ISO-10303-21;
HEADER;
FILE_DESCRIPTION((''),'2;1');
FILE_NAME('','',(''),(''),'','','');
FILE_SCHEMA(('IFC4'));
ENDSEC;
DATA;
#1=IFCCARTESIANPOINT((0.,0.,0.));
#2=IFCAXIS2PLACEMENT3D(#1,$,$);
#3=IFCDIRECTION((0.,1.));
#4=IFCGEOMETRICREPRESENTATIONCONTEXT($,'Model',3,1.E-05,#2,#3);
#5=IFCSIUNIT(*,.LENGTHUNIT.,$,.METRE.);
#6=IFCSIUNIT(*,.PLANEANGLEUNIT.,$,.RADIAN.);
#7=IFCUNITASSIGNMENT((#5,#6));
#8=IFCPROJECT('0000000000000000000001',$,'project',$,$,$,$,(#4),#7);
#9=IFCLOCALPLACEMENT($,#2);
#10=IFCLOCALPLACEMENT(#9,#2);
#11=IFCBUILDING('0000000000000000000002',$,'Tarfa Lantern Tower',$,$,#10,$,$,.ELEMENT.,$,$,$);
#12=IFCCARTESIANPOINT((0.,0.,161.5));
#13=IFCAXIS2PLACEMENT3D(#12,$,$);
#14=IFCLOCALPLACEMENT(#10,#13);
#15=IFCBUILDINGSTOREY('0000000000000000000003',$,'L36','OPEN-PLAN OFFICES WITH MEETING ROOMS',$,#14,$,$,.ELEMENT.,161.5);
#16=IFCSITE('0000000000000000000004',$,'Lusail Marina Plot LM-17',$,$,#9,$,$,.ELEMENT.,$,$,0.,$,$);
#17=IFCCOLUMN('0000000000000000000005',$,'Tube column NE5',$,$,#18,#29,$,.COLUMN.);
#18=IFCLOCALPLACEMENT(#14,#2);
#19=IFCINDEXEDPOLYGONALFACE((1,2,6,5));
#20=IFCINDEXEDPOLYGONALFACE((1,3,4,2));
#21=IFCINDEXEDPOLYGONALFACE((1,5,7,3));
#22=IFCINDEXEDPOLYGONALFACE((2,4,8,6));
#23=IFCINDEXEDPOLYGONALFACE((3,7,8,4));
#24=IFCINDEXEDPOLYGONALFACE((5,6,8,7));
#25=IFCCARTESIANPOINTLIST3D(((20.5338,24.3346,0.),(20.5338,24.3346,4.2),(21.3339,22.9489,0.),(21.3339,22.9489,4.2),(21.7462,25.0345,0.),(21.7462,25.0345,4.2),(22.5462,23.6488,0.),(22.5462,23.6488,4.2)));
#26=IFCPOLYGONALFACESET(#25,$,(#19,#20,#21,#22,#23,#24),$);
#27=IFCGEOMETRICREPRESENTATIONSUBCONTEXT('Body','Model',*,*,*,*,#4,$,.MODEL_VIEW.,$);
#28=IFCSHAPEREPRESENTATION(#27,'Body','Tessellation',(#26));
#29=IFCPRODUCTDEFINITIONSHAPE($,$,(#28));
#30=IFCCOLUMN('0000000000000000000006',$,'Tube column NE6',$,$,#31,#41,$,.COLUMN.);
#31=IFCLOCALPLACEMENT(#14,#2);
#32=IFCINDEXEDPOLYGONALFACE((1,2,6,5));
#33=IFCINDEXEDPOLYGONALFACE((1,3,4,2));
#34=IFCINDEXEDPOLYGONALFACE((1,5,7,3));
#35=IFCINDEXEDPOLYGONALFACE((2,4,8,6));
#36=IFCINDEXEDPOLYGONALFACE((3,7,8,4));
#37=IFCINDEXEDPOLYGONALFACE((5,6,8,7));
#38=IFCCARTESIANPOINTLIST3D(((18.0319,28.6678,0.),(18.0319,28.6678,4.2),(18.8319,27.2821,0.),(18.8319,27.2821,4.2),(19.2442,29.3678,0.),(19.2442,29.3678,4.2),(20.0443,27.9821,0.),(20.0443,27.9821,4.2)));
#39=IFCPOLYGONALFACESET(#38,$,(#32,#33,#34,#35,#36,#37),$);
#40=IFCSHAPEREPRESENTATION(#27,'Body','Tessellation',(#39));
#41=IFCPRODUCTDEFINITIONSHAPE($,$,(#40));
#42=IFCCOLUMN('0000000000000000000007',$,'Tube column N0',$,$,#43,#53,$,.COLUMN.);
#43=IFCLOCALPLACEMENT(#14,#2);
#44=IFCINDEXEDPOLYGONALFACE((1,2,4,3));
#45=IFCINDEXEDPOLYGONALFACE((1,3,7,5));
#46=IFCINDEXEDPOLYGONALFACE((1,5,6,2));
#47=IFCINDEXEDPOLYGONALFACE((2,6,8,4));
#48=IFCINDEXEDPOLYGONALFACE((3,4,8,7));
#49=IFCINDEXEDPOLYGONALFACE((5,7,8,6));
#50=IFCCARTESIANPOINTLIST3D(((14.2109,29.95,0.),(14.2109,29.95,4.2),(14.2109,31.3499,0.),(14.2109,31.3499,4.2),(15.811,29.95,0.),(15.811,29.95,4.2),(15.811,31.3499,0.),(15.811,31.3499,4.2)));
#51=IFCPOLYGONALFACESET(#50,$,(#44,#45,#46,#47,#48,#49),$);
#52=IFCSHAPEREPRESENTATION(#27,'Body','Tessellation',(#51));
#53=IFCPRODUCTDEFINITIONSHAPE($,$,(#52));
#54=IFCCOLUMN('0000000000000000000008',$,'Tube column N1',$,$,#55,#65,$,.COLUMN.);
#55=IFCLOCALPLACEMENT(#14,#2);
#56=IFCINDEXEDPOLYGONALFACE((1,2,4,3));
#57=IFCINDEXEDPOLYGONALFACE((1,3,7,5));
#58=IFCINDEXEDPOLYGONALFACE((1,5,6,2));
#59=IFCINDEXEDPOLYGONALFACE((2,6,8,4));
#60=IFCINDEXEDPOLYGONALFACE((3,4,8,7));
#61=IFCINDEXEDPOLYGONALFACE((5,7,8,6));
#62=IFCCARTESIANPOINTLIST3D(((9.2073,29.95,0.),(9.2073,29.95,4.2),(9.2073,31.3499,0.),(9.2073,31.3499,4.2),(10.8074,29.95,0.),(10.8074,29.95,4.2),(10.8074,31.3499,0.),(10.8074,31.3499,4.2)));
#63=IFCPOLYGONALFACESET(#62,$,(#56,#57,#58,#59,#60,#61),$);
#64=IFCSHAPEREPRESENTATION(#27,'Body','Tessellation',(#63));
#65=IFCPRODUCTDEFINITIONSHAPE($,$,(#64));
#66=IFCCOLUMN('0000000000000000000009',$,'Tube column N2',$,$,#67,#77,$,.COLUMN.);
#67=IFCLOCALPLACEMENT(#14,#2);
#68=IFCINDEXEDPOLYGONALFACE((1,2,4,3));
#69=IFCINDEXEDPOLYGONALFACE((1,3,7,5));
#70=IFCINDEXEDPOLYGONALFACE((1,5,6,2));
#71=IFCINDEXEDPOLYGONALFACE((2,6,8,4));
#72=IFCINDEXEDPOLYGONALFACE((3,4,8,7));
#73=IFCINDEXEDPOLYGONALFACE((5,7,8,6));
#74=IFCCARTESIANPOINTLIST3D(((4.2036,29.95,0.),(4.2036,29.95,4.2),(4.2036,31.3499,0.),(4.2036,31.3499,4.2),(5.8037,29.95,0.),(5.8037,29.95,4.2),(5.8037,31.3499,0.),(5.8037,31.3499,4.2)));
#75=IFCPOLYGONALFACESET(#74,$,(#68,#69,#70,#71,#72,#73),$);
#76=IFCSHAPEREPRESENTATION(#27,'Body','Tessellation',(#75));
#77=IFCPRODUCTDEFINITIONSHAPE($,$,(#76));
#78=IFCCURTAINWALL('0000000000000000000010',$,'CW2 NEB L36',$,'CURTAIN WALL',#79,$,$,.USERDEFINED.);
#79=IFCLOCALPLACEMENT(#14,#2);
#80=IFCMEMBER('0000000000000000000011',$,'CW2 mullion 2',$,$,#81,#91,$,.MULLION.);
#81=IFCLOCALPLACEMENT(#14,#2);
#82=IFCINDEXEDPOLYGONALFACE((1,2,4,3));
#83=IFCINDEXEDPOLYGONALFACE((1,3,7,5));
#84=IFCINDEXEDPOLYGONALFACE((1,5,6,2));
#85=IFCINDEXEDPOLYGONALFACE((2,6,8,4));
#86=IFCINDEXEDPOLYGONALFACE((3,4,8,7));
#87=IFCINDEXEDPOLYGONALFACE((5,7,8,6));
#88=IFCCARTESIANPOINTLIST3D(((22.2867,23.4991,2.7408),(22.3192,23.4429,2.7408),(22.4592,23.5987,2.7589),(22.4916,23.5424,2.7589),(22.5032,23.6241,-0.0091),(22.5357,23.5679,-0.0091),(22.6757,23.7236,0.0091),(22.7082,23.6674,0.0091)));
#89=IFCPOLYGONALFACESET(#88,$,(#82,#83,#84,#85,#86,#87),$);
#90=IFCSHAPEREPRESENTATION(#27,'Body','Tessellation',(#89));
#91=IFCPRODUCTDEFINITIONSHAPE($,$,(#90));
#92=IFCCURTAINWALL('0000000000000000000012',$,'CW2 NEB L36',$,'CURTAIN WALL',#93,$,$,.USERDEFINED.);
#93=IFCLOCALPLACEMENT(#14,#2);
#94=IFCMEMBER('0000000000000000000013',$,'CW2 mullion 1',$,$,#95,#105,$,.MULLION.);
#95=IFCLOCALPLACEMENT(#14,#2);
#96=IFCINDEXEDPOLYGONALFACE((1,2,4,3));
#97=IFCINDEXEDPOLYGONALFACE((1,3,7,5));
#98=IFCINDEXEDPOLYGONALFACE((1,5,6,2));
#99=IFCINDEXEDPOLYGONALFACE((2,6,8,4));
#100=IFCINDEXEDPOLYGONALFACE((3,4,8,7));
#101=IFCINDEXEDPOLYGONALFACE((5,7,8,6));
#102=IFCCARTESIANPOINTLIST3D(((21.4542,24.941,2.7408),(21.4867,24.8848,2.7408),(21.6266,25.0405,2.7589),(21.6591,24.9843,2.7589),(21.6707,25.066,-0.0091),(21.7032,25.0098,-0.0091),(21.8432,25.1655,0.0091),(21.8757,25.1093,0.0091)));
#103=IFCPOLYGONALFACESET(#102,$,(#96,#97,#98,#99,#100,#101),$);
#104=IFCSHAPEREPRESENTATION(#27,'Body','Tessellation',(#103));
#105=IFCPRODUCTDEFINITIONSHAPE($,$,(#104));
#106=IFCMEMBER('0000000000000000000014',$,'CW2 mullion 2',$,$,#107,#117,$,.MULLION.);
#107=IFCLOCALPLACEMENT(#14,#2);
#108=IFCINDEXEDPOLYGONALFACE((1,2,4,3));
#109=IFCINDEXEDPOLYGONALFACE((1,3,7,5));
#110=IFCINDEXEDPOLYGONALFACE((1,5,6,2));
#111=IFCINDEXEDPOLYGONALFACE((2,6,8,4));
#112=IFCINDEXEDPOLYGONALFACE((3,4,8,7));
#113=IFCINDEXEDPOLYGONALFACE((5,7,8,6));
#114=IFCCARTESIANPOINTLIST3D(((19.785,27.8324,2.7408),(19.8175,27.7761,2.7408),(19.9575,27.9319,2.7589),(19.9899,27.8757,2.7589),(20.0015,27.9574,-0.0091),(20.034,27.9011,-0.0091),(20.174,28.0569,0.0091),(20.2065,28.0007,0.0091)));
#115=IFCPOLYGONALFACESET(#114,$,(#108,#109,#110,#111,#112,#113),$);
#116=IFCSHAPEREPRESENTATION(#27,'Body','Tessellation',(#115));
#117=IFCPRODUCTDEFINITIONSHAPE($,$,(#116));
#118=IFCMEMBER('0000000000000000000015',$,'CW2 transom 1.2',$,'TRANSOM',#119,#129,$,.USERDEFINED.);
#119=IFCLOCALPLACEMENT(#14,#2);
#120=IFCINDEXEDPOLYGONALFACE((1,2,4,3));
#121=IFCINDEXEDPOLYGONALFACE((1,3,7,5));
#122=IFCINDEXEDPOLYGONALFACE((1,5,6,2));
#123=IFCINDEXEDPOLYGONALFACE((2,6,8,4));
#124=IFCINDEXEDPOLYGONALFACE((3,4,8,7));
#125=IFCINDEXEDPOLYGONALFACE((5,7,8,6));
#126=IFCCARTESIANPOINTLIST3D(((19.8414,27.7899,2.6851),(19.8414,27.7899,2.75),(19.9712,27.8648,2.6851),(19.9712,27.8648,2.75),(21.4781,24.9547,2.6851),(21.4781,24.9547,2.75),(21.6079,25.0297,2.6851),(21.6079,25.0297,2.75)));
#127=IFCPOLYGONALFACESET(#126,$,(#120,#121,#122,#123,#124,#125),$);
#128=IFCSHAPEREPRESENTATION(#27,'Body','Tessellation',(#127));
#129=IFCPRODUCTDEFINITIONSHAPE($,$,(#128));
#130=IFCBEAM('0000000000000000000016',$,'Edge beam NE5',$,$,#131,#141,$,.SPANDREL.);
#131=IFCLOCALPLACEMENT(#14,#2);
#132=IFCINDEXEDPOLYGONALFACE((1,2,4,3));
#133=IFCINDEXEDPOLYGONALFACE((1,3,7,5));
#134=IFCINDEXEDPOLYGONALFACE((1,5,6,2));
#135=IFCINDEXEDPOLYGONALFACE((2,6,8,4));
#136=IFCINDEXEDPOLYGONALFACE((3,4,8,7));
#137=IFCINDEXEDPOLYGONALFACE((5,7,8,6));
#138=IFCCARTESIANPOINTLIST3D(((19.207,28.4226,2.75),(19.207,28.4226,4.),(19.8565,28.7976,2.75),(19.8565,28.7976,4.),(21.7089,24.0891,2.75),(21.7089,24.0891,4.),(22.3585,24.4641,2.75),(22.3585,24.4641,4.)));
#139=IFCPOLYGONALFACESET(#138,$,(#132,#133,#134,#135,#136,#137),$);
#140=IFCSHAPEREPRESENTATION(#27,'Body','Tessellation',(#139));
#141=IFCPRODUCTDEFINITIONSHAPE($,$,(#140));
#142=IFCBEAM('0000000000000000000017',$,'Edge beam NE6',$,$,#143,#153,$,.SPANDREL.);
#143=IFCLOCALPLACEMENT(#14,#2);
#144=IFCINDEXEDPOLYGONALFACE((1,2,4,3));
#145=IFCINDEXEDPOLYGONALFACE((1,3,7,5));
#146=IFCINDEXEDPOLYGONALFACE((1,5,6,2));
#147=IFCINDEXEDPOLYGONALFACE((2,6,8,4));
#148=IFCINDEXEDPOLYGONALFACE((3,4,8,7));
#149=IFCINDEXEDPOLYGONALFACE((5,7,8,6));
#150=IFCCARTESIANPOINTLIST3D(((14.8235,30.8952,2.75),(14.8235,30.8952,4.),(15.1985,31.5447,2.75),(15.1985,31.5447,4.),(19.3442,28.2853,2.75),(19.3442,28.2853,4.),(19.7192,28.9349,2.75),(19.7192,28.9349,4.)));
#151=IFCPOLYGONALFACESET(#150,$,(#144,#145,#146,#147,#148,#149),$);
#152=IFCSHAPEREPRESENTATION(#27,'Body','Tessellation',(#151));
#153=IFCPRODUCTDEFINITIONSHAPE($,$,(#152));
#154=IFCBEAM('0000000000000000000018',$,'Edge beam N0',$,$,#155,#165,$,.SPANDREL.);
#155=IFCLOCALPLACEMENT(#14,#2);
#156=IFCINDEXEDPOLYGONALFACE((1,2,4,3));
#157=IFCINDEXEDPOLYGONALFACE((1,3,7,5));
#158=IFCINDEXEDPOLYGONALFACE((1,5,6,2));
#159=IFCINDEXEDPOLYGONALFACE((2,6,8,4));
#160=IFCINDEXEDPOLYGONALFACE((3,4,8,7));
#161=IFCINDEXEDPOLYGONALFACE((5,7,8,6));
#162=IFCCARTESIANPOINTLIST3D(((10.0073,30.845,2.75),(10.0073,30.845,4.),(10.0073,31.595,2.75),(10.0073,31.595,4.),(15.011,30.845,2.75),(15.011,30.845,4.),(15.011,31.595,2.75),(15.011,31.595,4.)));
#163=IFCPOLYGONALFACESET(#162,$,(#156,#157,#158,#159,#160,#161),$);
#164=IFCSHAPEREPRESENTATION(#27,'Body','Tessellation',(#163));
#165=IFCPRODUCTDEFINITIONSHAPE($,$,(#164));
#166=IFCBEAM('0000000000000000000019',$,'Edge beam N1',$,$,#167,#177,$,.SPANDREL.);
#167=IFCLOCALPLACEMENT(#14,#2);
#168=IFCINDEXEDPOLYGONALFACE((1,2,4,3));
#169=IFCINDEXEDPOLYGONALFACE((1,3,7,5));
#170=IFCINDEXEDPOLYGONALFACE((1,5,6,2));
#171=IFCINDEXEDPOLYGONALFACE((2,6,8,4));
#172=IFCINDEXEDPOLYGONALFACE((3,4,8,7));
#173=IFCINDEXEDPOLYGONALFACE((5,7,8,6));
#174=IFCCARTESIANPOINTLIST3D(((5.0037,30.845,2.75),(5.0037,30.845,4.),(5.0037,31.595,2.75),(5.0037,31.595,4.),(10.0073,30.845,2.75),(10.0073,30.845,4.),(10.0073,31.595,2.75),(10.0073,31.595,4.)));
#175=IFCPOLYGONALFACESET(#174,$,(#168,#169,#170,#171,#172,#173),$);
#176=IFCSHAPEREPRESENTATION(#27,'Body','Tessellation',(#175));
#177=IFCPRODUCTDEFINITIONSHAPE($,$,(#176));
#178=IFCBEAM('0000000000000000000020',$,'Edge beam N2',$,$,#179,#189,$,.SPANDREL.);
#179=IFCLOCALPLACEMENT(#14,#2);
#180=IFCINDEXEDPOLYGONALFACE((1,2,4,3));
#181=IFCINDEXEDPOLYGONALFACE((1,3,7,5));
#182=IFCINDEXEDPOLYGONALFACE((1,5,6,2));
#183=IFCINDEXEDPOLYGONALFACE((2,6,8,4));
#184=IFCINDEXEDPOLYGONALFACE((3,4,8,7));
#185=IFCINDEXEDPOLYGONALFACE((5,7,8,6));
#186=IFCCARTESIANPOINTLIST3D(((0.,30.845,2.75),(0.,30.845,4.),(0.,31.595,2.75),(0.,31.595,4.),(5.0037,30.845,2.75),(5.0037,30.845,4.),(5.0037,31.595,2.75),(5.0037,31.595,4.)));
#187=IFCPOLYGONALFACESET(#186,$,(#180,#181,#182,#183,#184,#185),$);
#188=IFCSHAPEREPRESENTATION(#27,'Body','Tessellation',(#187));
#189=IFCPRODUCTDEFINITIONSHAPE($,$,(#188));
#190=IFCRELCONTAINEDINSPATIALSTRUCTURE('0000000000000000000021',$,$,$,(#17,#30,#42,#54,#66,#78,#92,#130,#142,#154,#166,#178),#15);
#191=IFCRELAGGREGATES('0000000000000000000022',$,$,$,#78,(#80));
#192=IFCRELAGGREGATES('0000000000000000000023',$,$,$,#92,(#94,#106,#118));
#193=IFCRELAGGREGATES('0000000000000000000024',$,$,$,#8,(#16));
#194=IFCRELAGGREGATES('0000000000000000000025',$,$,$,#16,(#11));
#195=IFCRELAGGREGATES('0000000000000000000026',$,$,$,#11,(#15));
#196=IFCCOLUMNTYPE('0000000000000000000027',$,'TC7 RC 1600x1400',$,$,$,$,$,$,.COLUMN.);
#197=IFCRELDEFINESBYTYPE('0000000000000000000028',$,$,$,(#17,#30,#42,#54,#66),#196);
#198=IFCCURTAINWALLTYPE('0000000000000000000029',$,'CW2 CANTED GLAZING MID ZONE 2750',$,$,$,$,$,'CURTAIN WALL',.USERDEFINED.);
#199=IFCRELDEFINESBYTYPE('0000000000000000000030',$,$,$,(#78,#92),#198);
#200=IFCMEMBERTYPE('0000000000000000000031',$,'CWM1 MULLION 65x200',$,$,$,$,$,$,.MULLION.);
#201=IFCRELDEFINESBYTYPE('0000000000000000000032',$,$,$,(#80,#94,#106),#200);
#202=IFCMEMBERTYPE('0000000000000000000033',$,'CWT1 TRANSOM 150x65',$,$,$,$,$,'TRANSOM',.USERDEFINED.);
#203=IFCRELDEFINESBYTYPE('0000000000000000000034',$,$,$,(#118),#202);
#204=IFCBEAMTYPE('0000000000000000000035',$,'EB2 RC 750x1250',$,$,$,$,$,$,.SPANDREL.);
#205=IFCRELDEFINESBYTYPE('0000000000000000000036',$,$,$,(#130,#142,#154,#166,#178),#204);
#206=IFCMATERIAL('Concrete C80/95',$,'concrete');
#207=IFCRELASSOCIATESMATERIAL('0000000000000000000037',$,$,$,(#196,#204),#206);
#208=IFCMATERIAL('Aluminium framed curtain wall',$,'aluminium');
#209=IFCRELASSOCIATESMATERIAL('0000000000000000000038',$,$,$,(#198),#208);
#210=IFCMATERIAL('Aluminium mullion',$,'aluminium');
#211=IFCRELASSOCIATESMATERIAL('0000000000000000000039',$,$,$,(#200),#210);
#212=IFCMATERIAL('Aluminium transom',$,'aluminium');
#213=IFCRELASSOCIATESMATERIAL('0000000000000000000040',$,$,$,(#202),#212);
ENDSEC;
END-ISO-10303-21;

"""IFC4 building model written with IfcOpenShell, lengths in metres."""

from ifc_helpers import new_model, si_unit, direction, frame, origin, origin_2d, place, context, subcontext, project, spatial, rectangle, extrude, material, material_profile, profile_set, type_object, element, aggregate, save


model = new_model("IFC4")

# Units and contexts
model_context = context("Model", 3, precision=1e-05, world=origin(), true_north=direction((0.0, 1.0)))
body_context = subcontext(model_context, "Body", "Model", "MODEL_VIEW")
ifc_project = project(units=[si_unit("LENGTHUNIT", "METRE"), si_unit("PLANEANGLEUNIT", "RADIAN")], contexts=[model_context])

# Site, building, storey
site_placement = place(None, origin())
site = spatial("IfcSite", under=ifc_project, at=site_placement, Name="Lusail Marina Plot LM-17", CompositionType="ELEMENT", RefElevation=0.0)
building_placement = place(site_placement, origin())
building = spatial("IfcBuilding", under=site, at=building_placement, Name="Tarfa Lantern Tower", CompositionType="ELEMENT")
storey_placement = place(building_placement, frame((0.0, 0.0, 161.5)))
storey = spatial("IfcBuildingStorey", under=building, at=storey_placement, Name="L36", Description="OPEN-PLAN OFFICES WITH MEETING ROOMS", CompositionType="ELEMENT", Elevation=161.5)

# Columns
ifc_material_1 = material(Name="Concrete C80/95", Category="concrete")
ifc_material_profile_1 = material_profile(ifc_material_1, rectangle(XDim=1.6001, YDim=1.3999, at=origin_2d()), Name="RC 1600x1400")
ifc_profile_set_1 = profile_set([ifc_material_profile_1], Name="Concrete C80/95")
column_type = type_object("IfcColumnType", Name="TC7 RC 1600x1400", PredefinedType="COLUMN", material=ifc_profile_set_1)
for number, where, z_axis, x_axis, name in (
    (1, (21.54, 23.9917, 0.0), (0.0, 0.0, 1.0), (-0.5, 0.866025, 0.0), "Tube column NE5"),
    (2, (19.0381, 28.325, 0.0), (0.0, 0.0, 1.0), (-0.5, 0.866025, 0.0), "Tube column NE6"),
    (3, (15.011, 30.6499, 0.0), (0.0, 0.0, 1.0), (-1.0, 0.0, 0.0), "Tube column N0"),
    (4, (10.0073, 30.6499, 0.0), (0.0, 0.0, 1.0), (-1.0, 0.0, 0.0), "Tube column N1"),
    (5, (5.0037, 30.6499, 0.0), (0.0, 0.0, 1.0), (-1.0, 0.0, 0.0), "Tube column N2"),
):
    element("IfcColumn", number, at=place(storey_placement, frame(where, z_axis=z_axis, x_axis=x_axis)), inside=storey, type_object=column_type, Name=name, PredefinedType="COLUMN", context=body_context, shape_type="SweptSolid", body=[
        extrude(rectangle(XDim=1.6001, YDim=1.3999, at=origin_2d()), origin(), (0.0, 0.0, 1.0), 4.2),
    ])

# Curtain wall, member
ifc_material_2 = material(Name="Aluminium framed curtain wall", Category="aluminium")
curtain_wall_type = type_object("IfcCurtainWallType", Name="CW2 CANTED GLAZING MID ZONE 2750", ElementType="CURTAIN WALL", PredefinedType="USERDEFINED", material=ifc_material_2)
curtain_wall_1_placement = place(storey_placement, origin())
curtain_wall_1 = element("IfcCurtainWall", 6, at=curtain_wall_1_placement, inside=storey, type_object=curtain_wall_type, Name="CW2 NEB L36", ObjectType="CURTAIN WALL", PredefinedType="USERDEFINED")
ifc_material_3 = material(Name="Aluminium mullion", Category="aluminium")
ifc_material_profile_2 = material_profile(ifc_material_3, rectangle(XDim=0.0649, YDim=0.2, at=origin_2d()), Name="AL MULLION 65x200")
ifc_profile_set_2 = profile_set([ifc_material_profile_2], Name="Aluminium mullion")
member_type_1 = type_object("IfcMemberType", Name="CWM1 MULLION 65x200", PredefinedType="MULLION", material=ifc_profile_set_2)
member_1_placement = place(storey_placement, frame((22.6057, 23.6458, 0.0), z_axis=(-0.078423, -0.045268, 0.995892), x_axis=(0.49992, -0.866072, 0.0)))
member_1 = element("IfcMember", 7, at=member_1_placement, type_object=member_type_1, Name="CW2 mullion 2", PredefinedType="MULLION", context=body_context, shape_type="SweptSolid", body=[
    extrude(rectangle(XDim=0.0649, YDim=0.2, at=origin_2d()), origin(), (0.0, 0.0, 1.0), 2.7612),
])
aggregate(curtain_wall_1, [member_1])

# Curtain wall, members
curtain_wall_2_placement = place(storey_placement, origin())
curtain_wall_2 = element("IfcCurtainWall", 8, at=curtain_wall_2_placement, inside=storey, type_object=curtain_wall_type, Name="CW2 NEB L36", ObjectType="CURTAIN WALL", PredefinedType="USERDEFINED")
member_2_placement = place(storey_placement, frame((21.7732, 25.0876, 0.0), z_axis=(-0.078423, -0.045268, 0.995892), x_axis=(0.49992, -0.866072, 0.0)))
member_2 = element("IfcMember", 9, at=member_2_placement, type_object=member_type_1, Name="CW2 mullion 1", PredefinedType="MULLION", context=body_context, shape_type="SweptSolid", body=[
    extrude(rectangle(XDim=0.0649, YDim=0.2, at=origin_2d()), origin(), (0.0, 0.0, 1.0), 2.7612),
])
member_3_placement = place(storey_placement, frame((20.104, 27.979, 0.0), z_axis=(-0.078423, -0.045268, 0.995892), x_axis=(0.49992, -0.866072, 0.0)))
member_3 = element("IfcMember", 10, at=member_3_placement, type_object=member_type_1, Name="CW2 mullion 2", PredefinedType="MULLION", context=body_context, shape_type="SweptSolid", body=[
    extrude(rectangle(XDim=0.0649, YDim=0.2, at=origin_2d()), origin(), (0.0, 0.0, 1.0), 2.7612),
])
ifc_material_4 = material(Name="Aluminium transom", Category="aluminium")
ifc_material_profile_3 = material_profile(ifc_material_4, rectangle(XDim=0.1499, YDim=0.0649, at=origin_2d()), Name="AL TRANSOM 150x65")
ifc_profile_set_3 = profile_set([ifc_material_profile_3], Name="Aluminium transom")
member_type_2 = type_object("IfcMemberType", Name="CWT1 TRANSOM 150x65", ElementType="TRANSOM", PredefinedType="USERDEFINED", material=ifc_profile_set_3)
member_4_placement = place(storey_placement, frame((21.543, 24.9922, 2.7175), z_axis=(-0.499957, 0.86605, 0.0), x_axis=(-0.86605, -0.499957, 0.0)))
member_4 = element("IfcMember", 11, at=member_4_placement, type_object=member_type_2, Name="CW2 transom 1.2", ObjectType="TRANSOM", PredefinedType="USERDEFINED", context=body_context, shape_type="SweptSolid", body=[
    extrude(rectangle(XDim=0.1499, YDim=0.0649, at=origin_2d()), origin(), (0.0, 0.0, 1.0), 3.2737),
])

# Beams
ifc_material_profile_4 = material_profile(ifc_material_1, rectangle(XDim=0.75, YDim=1.25, at=origin_2d()), Name="RC 750x1250")
ifc_profile_set_4 = profile_set([ifc_material_profile_4], Name="Concrete C80/95")
beam_type_1 = type_object("IfcBeamType", Name="EB2 RC 750x1250", PredefinedType="SPANDREL", material=ifc_profile_set_4)
beam_1_placement = place(storey_placement, frame((22.0337, 24.2766, 3.375), z_axis=(-0.500001, 0.866025, 0.0), x_axis=(-0.866025, -0.500001, 0.0)))
element("IfcBeam", 12, at=beam_1_placement, inside=storey, type_object=beam_type_1, Name="Edge beam NE5", PredefinedType="SPANDREL", context=body_context, shape_type="SweptSolid", body=[
    extrude(rectangle(XDim=0.75, YDim=1.25, at=origin_2d()), origin(), (0.0, 0.0, 1.0), 5.0039),
])
beam_2_placement = place(storey_placement, frame((19.5317, 28.6101, 3.375), z_axis=(-0.866042, 0.499972, 0.0), x_axis=(-0.499972, -0.866042, 0.0)))
element("IfcBeam", 13, at=beam_2_placement, inside=storey, type_object=beam_type_1, Name="Edge beam NE6", PredefinedType="SPANDREL", context=body_context, shape_type="SweptSolid", body=[
    extrude(rectangle(XDim=0.75, YDim=1.25, at=origin_2d()), origin(), (0.0, 0.0, 1.0), 5.22),
])
for number, where, z_axis, x_axis, name in (
    (14, (15.011, 31.22, 3.375), (-1.0, 0.0, 0.0), (0.0, -1.0, 0.0), "Edge beam N0"),
    (15, (10.0073, 31.22, 3.375), (-1.0, 0.0, 0.0), (0.0, -1.0, 0.0), "Edge beam N1"),
    (16, (5.0037, 31.22, 3.375), (-1.0, 0.0, 0.0), (0.0, -1.0, 0.0), "Edge beam N2"),
):
    element("IfcBeam", number, at=place(storey_placement, frame(where, z_axis=z_axis, x_axis=x_axis)), inside=storey, type_object=beam_type_1, Name=name, PredefinedType="SPANDREL", context=body_context, shape_type="SweptSolid", body=[
        extrude(rectangle(XDim=0.75, YDim=1.25, at=origin_2d()), origin(), (0.0, 0.0, 1.0), 5.0037),
    ])

aggregate(curtain_wall_2, [member_2, member_3, member_4])

save(model, "model.ifc")
